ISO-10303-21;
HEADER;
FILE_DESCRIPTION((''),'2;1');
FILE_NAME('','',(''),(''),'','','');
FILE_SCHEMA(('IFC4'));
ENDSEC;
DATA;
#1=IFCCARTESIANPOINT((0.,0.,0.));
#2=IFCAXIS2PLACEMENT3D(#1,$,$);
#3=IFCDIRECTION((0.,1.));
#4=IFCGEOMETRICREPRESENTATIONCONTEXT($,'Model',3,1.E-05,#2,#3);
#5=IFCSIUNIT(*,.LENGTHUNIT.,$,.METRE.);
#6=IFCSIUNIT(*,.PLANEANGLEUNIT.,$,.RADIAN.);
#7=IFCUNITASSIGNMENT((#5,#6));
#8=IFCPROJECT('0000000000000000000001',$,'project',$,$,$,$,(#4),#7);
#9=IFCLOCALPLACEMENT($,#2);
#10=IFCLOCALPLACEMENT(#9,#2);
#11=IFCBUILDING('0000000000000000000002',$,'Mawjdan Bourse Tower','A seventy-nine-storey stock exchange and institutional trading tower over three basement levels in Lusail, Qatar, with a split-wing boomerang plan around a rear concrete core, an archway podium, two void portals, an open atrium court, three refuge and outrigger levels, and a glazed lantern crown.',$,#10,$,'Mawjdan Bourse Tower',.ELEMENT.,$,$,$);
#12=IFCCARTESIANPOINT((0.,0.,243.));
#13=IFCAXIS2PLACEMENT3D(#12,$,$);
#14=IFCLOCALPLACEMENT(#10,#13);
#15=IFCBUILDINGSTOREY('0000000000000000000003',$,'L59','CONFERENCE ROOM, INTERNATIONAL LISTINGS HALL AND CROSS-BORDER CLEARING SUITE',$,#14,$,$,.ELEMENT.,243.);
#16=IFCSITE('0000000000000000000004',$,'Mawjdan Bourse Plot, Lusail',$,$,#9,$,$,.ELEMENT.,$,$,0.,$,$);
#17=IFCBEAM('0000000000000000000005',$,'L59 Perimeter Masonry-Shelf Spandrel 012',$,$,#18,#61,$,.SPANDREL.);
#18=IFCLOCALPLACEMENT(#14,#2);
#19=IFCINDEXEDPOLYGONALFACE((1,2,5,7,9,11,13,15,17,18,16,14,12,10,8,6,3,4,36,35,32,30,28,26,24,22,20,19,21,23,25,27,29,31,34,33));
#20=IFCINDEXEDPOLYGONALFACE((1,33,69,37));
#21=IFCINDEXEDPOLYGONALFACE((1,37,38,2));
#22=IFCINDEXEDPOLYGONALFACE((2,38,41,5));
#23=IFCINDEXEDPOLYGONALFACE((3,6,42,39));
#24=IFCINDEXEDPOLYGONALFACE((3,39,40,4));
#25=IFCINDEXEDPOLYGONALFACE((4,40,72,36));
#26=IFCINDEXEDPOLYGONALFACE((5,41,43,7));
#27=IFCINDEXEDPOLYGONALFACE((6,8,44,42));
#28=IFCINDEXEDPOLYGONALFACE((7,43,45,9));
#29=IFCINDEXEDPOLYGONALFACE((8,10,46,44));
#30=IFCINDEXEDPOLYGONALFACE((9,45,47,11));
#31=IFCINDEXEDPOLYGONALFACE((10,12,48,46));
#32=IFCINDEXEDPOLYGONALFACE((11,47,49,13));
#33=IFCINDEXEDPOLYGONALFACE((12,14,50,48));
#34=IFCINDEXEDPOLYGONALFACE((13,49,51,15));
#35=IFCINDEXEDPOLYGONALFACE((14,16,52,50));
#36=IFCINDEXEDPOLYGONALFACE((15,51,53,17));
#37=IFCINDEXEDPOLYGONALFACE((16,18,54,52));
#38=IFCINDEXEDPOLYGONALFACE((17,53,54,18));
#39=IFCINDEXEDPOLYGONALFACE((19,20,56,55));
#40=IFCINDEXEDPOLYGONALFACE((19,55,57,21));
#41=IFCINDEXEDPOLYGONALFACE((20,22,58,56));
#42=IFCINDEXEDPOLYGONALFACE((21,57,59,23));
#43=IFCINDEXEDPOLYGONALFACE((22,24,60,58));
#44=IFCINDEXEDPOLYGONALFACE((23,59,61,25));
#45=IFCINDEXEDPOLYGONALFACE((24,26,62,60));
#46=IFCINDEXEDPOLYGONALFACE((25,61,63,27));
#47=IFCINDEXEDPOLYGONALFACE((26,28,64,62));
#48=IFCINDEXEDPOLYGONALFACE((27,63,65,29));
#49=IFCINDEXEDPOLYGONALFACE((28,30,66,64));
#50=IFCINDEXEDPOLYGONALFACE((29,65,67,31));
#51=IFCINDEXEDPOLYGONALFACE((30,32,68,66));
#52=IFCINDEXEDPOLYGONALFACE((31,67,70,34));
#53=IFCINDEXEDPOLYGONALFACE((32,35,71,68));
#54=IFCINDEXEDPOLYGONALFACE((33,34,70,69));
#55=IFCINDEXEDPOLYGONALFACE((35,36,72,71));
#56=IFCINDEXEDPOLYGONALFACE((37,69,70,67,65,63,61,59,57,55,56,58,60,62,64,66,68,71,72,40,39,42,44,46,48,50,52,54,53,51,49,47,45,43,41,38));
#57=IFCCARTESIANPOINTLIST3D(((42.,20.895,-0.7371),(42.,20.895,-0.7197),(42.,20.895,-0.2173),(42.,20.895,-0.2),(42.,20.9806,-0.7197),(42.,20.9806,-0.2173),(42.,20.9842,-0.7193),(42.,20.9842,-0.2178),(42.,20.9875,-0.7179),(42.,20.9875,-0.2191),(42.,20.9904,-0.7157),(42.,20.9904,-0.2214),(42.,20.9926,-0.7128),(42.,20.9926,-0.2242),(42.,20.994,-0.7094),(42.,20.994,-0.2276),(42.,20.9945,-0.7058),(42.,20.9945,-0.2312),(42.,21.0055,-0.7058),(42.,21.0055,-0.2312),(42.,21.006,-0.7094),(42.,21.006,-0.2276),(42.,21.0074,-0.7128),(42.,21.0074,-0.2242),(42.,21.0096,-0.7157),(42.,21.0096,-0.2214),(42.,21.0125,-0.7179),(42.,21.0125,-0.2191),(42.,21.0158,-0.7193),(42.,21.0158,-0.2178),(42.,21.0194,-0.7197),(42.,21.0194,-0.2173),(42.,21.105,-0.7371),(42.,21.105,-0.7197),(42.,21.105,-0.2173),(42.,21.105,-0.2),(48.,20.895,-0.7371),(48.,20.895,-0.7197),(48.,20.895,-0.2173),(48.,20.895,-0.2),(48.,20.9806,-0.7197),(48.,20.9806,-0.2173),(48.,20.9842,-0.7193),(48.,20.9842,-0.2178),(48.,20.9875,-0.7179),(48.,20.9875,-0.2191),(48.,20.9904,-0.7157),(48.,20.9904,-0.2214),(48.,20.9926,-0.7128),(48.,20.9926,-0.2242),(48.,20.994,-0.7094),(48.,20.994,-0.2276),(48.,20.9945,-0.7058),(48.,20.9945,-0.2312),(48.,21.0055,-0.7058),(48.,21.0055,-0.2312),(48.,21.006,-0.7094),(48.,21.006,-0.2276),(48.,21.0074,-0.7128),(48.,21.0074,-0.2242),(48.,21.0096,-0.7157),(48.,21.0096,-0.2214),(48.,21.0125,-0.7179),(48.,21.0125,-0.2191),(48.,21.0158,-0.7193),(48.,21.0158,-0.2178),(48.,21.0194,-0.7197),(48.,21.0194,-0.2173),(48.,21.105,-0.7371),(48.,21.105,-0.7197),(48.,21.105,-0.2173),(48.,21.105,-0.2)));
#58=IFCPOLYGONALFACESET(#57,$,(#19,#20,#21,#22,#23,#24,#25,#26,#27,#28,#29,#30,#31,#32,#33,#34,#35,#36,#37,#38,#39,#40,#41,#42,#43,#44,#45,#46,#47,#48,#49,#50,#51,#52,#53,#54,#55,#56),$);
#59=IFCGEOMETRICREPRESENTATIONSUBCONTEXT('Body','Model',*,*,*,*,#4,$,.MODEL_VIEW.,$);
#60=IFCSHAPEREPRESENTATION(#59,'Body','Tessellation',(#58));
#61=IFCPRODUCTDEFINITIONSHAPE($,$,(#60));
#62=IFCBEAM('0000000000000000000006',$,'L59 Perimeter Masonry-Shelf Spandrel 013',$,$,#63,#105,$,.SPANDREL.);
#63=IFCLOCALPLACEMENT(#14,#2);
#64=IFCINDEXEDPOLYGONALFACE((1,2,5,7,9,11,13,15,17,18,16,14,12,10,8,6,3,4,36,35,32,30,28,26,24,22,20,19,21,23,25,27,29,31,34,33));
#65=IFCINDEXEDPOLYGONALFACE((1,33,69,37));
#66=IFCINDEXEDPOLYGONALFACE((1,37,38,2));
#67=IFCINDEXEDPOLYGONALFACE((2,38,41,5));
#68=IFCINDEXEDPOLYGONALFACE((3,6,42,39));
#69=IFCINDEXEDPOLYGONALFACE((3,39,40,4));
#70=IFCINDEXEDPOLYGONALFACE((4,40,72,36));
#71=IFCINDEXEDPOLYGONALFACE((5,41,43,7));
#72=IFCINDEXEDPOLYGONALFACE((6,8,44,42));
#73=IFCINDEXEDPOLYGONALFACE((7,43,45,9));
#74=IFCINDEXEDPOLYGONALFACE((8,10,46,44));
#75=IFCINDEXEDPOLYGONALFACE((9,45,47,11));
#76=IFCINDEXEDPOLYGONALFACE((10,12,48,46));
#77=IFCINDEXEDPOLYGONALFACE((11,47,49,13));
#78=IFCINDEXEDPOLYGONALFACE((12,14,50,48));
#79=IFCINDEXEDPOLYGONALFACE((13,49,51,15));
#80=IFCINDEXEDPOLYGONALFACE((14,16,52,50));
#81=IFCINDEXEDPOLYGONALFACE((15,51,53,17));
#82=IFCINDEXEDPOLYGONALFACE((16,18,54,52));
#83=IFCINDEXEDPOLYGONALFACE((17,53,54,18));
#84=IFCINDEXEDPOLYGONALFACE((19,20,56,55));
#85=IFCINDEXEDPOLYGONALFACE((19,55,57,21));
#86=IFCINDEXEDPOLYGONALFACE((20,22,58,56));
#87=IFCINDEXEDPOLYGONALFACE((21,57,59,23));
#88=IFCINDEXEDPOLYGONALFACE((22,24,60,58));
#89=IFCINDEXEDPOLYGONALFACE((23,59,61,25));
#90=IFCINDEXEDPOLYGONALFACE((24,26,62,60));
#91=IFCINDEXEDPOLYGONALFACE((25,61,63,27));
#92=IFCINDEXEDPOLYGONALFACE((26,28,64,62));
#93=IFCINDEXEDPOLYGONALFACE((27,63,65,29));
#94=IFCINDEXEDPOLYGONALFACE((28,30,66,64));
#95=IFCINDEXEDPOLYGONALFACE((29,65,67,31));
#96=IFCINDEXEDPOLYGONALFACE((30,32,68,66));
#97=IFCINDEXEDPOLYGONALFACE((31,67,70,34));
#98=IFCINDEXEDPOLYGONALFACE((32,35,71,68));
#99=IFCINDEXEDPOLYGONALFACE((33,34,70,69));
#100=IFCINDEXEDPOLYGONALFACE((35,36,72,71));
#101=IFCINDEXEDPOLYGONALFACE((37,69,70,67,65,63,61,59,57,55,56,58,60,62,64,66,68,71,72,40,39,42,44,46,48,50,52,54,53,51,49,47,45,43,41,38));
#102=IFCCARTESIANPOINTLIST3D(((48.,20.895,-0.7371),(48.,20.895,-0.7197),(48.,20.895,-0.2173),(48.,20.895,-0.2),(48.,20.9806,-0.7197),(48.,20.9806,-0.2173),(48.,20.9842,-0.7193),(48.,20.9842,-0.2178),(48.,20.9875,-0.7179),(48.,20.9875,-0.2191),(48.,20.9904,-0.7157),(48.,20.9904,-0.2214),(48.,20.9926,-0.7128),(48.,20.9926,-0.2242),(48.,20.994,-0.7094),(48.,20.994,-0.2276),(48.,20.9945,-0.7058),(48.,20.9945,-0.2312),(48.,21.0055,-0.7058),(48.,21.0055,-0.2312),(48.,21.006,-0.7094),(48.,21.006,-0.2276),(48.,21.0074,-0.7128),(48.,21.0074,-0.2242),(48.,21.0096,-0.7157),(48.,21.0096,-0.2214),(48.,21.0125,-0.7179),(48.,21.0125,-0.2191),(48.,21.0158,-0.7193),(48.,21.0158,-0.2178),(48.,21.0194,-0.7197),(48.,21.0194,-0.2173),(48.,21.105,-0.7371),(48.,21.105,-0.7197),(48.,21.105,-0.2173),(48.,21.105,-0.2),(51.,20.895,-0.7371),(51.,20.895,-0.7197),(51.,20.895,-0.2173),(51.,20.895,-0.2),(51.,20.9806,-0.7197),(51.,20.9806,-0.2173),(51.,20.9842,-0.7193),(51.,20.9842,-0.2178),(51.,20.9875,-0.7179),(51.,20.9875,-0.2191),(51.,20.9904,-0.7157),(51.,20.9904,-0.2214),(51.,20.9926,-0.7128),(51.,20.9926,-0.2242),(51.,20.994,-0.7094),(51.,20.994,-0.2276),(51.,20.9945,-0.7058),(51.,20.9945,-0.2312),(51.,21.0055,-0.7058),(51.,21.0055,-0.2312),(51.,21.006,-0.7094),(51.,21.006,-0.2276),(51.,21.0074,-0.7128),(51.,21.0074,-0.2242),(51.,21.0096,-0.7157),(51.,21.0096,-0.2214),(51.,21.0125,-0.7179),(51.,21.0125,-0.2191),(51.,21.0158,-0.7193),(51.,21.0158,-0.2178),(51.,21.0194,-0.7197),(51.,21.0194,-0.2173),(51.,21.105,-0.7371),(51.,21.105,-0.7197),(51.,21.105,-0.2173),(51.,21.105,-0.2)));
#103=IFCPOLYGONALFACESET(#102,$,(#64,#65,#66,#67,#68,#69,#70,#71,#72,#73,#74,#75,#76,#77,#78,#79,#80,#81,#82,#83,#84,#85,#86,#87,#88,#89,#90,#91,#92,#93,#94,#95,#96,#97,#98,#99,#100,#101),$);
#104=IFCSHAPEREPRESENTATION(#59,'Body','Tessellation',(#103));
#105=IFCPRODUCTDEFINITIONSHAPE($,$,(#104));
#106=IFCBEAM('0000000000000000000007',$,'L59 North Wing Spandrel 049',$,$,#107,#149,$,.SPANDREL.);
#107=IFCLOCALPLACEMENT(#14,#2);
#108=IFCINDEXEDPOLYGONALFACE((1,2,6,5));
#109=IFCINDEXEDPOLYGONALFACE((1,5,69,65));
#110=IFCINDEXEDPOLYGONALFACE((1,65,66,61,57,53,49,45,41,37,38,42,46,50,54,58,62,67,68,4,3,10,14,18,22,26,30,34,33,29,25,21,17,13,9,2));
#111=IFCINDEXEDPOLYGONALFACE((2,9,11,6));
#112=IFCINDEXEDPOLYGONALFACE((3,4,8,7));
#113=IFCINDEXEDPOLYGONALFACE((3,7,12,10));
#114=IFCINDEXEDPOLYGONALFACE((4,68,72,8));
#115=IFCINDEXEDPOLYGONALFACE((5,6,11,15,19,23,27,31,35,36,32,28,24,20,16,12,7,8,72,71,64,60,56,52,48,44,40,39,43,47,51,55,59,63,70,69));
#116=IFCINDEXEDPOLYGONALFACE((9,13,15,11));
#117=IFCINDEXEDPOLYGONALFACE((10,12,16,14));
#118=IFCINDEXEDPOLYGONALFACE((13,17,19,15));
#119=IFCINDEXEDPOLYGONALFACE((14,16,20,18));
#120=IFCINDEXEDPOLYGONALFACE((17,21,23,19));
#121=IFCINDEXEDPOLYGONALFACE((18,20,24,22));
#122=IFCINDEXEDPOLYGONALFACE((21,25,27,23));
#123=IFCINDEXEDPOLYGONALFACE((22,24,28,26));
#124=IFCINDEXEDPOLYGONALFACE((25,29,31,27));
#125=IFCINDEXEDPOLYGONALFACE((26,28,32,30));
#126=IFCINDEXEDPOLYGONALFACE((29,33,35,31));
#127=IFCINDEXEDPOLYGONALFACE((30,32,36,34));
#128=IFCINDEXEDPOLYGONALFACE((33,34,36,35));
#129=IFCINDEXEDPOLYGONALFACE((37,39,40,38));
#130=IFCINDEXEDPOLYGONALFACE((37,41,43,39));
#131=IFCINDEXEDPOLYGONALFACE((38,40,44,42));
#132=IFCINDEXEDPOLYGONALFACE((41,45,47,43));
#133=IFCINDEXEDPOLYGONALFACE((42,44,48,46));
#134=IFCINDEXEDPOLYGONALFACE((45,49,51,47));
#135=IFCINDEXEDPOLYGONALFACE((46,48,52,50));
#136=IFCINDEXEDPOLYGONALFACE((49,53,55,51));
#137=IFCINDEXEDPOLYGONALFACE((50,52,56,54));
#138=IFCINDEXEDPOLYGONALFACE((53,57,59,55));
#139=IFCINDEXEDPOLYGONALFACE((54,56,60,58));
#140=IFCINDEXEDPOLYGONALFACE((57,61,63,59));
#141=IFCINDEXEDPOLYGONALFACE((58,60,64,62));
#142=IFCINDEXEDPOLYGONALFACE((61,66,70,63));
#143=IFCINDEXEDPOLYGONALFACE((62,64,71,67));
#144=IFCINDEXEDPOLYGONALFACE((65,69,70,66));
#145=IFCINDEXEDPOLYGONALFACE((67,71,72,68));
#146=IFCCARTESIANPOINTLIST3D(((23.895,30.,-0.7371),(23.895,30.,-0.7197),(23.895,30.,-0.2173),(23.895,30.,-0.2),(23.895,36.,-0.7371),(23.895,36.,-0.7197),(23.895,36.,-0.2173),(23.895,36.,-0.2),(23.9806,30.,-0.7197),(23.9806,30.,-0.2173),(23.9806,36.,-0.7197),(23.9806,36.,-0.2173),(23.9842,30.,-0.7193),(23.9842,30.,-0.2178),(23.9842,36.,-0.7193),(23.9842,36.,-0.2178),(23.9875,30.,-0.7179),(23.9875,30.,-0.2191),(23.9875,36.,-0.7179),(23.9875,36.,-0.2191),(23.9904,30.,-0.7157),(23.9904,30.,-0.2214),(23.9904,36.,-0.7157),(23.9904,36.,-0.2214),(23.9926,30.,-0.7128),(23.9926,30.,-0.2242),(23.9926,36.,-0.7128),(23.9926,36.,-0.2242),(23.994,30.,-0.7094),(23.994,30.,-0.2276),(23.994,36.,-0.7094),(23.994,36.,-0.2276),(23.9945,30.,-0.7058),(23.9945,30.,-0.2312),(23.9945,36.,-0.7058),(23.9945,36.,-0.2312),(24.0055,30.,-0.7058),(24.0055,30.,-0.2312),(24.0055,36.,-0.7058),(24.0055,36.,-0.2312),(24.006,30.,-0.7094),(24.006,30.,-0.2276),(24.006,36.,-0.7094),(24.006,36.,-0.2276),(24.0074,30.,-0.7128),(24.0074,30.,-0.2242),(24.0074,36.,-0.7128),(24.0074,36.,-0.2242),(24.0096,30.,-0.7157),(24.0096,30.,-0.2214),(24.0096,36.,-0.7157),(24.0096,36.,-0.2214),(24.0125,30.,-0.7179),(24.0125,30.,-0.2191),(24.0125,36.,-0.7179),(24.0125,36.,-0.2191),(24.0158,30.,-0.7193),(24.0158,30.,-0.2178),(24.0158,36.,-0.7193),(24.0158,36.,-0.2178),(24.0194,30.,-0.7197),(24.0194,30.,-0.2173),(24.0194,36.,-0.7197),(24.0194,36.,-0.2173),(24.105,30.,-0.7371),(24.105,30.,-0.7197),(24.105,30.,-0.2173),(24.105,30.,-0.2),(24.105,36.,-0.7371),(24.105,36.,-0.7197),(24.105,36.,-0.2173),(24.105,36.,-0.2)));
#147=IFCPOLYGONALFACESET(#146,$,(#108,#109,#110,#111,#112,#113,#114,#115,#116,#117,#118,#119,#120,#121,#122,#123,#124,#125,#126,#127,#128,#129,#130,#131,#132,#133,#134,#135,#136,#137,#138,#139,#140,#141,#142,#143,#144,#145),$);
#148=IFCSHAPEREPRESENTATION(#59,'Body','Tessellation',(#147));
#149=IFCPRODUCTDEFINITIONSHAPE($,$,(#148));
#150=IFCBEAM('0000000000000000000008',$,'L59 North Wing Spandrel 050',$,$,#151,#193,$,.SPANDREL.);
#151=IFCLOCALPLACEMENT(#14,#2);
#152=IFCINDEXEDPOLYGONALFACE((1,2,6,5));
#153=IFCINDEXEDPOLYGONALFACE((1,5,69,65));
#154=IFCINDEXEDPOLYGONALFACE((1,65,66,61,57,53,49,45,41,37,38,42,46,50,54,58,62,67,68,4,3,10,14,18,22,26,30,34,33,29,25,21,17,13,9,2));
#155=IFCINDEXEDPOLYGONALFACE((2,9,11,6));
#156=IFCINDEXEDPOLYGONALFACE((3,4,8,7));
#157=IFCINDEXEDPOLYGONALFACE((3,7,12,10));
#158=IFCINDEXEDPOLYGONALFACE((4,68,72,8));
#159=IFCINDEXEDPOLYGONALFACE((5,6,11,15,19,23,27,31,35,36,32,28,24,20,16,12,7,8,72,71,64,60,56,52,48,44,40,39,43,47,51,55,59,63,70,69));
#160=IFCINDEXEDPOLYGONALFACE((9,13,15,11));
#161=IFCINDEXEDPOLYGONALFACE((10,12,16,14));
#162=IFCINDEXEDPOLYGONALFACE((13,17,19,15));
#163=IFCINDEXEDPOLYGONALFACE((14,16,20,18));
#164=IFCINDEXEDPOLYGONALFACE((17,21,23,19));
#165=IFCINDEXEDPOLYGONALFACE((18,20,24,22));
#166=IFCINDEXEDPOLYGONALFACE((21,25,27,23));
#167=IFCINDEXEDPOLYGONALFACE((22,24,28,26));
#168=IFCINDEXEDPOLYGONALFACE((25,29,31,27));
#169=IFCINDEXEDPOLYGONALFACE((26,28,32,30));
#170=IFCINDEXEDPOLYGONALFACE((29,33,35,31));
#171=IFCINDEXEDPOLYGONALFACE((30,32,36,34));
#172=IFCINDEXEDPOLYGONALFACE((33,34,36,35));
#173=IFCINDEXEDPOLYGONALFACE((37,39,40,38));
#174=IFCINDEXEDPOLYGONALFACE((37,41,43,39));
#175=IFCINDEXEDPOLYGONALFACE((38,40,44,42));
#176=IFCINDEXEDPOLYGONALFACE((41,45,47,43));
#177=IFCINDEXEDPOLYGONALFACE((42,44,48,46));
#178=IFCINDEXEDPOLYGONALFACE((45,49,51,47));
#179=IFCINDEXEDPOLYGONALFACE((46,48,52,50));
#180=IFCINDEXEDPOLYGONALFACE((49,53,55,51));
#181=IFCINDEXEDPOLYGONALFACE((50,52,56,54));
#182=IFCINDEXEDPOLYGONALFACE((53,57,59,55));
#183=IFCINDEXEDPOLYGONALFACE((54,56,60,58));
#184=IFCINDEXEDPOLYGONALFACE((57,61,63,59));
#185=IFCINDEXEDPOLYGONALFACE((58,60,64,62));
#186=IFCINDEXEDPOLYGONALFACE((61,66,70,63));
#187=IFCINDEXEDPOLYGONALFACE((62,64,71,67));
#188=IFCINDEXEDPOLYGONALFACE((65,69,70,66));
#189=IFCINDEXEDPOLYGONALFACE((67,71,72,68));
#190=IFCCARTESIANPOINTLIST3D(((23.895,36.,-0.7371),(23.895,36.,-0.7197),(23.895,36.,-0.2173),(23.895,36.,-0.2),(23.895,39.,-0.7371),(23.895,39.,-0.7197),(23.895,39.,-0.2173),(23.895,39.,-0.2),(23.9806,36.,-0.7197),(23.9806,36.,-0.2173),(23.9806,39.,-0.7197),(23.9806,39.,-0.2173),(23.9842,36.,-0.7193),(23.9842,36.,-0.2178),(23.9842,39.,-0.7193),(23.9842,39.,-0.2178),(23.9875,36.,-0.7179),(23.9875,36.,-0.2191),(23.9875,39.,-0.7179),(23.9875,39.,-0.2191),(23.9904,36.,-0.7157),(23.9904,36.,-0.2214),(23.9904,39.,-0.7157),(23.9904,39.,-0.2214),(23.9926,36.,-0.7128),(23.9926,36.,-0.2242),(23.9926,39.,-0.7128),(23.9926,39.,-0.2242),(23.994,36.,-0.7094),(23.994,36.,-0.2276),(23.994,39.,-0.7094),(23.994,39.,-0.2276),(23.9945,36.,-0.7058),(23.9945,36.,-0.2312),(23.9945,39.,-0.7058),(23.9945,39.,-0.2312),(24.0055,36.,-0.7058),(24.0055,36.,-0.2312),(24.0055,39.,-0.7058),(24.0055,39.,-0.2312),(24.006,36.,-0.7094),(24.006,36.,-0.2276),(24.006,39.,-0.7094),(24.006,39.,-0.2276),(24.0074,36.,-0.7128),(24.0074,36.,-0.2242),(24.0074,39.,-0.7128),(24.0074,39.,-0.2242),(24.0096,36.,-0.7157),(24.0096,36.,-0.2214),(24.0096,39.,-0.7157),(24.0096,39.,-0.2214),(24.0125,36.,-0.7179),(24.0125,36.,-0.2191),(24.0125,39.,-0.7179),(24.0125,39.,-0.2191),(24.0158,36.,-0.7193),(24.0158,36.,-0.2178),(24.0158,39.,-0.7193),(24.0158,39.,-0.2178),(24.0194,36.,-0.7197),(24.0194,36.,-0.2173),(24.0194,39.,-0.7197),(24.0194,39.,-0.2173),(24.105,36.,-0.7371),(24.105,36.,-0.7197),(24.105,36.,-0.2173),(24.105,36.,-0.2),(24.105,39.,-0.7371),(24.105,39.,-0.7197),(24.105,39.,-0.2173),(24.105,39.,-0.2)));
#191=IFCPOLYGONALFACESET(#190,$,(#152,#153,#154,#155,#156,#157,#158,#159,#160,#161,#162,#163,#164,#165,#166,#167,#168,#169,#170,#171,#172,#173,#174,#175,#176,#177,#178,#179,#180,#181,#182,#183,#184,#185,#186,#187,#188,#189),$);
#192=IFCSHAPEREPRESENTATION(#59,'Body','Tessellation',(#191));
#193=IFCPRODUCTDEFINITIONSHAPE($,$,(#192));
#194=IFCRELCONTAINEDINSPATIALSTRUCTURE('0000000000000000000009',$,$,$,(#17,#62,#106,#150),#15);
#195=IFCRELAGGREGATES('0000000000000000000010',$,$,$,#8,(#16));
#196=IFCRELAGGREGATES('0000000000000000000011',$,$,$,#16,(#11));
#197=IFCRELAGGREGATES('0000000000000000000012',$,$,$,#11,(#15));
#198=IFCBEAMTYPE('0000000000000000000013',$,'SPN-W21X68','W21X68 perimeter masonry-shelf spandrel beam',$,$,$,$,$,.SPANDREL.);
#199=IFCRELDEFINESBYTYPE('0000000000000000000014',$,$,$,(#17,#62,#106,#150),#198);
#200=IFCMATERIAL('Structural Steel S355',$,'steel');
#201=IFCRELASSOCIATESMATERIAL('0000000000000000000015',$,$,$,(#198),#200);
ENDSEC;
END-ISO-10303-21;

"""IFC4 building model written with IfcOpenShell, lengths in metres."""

from ifc_helpers import new_model, si_unit, direction, frame, origin, origin_2d, place, context, subcontext, project, spatial, i_section, extrude, material, material_profile, profile_set, type_object, element, save


model = new_model("IFC4")

# Units and contexts
model_context = context("Model", 3, precision=1e-05, world=origin(), true_north=direction((0.0, 1.0)))
body_context = subcontext(model_context, "Body", "Model", "MODEL_VIEW")
ifc_project = project(units=[si_unit("LENGTHUNIT", "METRE"), si_unit("PLANEANGLEUNIT", "RADIAN")], contexts=[model_context])

# Site, building, storey
site_placement = place(None, origin())
site = spatial("IfcSite", under=ifc_project, at=site_placement, Name="Mawjdan Bourse Plot, Lusail", CompositionType="ELEMENT", RefElevation=0.0)
building_placement = place(site_placement, origin())
building = spatial("IfcBuilding", under=site, at=building_placement, Name="Mawjdan Bourse Tower", Description="A seventy-nine-storey stock exchange and institutional trading tower over three basement levels in Lusail, Qatar, with a split-wing boomerang plan around a rear concrete core, an archway podium, two void portals, an open atrium court, three refuge and outrigger levels, and a glazed lantern crown.", LongName="Mawjdan Bourse Tower", CompositionType="ELEMENT")
storey_placement = place(building_placement, frame((0.0, 0.0, 243.0)))
storey = spatial("IfcBuildingStorey", under=building, at=storey_placement, Name="L59", Description="CONFERENCE ROOM, INTERNATIONAL LISTINGS HALL AND CROSS-BORDER CLEARING SUITE", CompositionType="ELEMENT", Elevation=243.0)

# Beams
ifc_material_1 = material(Name="Structural Steel S355", Category="steel")
ifc_material_profile_1 = material_profile(ifc_material_1, i_section(OverallWidth=0.21, OverallDepth=0.5371, WebThickness=0.011, FlangeThickness=0.0173, FilletRadius=0.0139, at=origin_2d()), Name="W21X68")
ifc_profile_set_1 = profile_set([ifc_material_profile_1], Name="Structural Steel S355")
beam_type_1 = type_object("IfcBeamType", Name="SPN-W21X68", Description="W21X68 perimeter masonry-shelf spandrel beam", PredefinedType="SPANDREL", material=ifc_profile_set_1)
beam_1_placement = place(storey_placement, frame((42.0, 21.0, -0.4685), z_axis=(1.0, 0.0, 0.0), x_axis=(0.0, 1.0, 0.0)))
element("IfcBeam", 1, at=beam_1_placement, inside=storey, type_object=beam_type_1, Name="L59 Perimeter Masonry-Shelf Spandrel 012", PredefinedType="SPANDREL", context=body_context, shape_type="SweptSolid", body=[
    extrude(i_section(OverallWidth=0.21, OverallDepth=0.5371, WebThickness=0.011, FlangeThickness=0.0173, FilletRadius=0.0139, at=origin_2d()), origin(), (0.0, 0.0, 1.0), 6.0),
])
beam_2_placement = place(storey_placement, frame((48.0, 21.0, -0.4685), z_axis=(1.0, 0.0, 0.0), x_axis=(0.0, 1.0, 0.0)))
element("IfcBeam", 2, at=beam_2_placement, inside=storey, type_object=beam_type_1, Name="L59 Perimeter Masonry-Shelf Spandrel 013", PredefinedType="SPANDREL", context=body_context, shape_type="SweptSolid", body=[
    extrude(i_section(OverallWidth=0.21, OverallDepth=0.5371, WebThickness=0.011, FlangeThickness=0.0173, FilletRadius=0.0139, at=origin_2d()), origin(), (0.0, 0.0, 1.0), 3.0),
])
beam_3_placement = place(storey_placement, frame((24.0, 30.0, -0.4685), z_axis=(0.0, 1.0, 0.0), x_axis=(-1.0, 0.0, 0.0)))
element("IfcBeam", 3, at=beam_3_placement, inside=storey, type_object=beam_type_1, Name="L59 North Wing Spandrel 049", PredefinedType="SPANDREL", context=body_context, shape_type="SweptSolid", body=[
    extrude(i_section(OverallWidth=0.21, OverallDepth=0.5371, WebThickness=0.011, FlangeThickness=0.0173, FilletRadius=0.0139, at=origin_2d()), origin(), (0.0, 0.0, 1.0), 6.0),
])
beam_4_placement = place(storey_placement, frame((24.0, 36.0, -0.4685), z_axis=(0.0, 1.0, 0.0), x_axis=(-1.0, 0.0, 0.0)))
element("IfcBeam", 4, at=beam_4_placement, inside=storey, type_object=beam_type_1, Name="L59 North Wing Spandrel 050", PredefinedType="SPANDREL", context=body_context, shape_type="SweptSolid", body=[
    extrude(i_section(OverallWidth=0.21, OverallDepth=0.5371, WebThickness=0.011, FlangeThickness=0.0173, FilletRadius=0.0139, at=origin_2d()), origin(), (0.0, 0.0, 1.0), 3.0),
])

save(model, "model.ifc")
